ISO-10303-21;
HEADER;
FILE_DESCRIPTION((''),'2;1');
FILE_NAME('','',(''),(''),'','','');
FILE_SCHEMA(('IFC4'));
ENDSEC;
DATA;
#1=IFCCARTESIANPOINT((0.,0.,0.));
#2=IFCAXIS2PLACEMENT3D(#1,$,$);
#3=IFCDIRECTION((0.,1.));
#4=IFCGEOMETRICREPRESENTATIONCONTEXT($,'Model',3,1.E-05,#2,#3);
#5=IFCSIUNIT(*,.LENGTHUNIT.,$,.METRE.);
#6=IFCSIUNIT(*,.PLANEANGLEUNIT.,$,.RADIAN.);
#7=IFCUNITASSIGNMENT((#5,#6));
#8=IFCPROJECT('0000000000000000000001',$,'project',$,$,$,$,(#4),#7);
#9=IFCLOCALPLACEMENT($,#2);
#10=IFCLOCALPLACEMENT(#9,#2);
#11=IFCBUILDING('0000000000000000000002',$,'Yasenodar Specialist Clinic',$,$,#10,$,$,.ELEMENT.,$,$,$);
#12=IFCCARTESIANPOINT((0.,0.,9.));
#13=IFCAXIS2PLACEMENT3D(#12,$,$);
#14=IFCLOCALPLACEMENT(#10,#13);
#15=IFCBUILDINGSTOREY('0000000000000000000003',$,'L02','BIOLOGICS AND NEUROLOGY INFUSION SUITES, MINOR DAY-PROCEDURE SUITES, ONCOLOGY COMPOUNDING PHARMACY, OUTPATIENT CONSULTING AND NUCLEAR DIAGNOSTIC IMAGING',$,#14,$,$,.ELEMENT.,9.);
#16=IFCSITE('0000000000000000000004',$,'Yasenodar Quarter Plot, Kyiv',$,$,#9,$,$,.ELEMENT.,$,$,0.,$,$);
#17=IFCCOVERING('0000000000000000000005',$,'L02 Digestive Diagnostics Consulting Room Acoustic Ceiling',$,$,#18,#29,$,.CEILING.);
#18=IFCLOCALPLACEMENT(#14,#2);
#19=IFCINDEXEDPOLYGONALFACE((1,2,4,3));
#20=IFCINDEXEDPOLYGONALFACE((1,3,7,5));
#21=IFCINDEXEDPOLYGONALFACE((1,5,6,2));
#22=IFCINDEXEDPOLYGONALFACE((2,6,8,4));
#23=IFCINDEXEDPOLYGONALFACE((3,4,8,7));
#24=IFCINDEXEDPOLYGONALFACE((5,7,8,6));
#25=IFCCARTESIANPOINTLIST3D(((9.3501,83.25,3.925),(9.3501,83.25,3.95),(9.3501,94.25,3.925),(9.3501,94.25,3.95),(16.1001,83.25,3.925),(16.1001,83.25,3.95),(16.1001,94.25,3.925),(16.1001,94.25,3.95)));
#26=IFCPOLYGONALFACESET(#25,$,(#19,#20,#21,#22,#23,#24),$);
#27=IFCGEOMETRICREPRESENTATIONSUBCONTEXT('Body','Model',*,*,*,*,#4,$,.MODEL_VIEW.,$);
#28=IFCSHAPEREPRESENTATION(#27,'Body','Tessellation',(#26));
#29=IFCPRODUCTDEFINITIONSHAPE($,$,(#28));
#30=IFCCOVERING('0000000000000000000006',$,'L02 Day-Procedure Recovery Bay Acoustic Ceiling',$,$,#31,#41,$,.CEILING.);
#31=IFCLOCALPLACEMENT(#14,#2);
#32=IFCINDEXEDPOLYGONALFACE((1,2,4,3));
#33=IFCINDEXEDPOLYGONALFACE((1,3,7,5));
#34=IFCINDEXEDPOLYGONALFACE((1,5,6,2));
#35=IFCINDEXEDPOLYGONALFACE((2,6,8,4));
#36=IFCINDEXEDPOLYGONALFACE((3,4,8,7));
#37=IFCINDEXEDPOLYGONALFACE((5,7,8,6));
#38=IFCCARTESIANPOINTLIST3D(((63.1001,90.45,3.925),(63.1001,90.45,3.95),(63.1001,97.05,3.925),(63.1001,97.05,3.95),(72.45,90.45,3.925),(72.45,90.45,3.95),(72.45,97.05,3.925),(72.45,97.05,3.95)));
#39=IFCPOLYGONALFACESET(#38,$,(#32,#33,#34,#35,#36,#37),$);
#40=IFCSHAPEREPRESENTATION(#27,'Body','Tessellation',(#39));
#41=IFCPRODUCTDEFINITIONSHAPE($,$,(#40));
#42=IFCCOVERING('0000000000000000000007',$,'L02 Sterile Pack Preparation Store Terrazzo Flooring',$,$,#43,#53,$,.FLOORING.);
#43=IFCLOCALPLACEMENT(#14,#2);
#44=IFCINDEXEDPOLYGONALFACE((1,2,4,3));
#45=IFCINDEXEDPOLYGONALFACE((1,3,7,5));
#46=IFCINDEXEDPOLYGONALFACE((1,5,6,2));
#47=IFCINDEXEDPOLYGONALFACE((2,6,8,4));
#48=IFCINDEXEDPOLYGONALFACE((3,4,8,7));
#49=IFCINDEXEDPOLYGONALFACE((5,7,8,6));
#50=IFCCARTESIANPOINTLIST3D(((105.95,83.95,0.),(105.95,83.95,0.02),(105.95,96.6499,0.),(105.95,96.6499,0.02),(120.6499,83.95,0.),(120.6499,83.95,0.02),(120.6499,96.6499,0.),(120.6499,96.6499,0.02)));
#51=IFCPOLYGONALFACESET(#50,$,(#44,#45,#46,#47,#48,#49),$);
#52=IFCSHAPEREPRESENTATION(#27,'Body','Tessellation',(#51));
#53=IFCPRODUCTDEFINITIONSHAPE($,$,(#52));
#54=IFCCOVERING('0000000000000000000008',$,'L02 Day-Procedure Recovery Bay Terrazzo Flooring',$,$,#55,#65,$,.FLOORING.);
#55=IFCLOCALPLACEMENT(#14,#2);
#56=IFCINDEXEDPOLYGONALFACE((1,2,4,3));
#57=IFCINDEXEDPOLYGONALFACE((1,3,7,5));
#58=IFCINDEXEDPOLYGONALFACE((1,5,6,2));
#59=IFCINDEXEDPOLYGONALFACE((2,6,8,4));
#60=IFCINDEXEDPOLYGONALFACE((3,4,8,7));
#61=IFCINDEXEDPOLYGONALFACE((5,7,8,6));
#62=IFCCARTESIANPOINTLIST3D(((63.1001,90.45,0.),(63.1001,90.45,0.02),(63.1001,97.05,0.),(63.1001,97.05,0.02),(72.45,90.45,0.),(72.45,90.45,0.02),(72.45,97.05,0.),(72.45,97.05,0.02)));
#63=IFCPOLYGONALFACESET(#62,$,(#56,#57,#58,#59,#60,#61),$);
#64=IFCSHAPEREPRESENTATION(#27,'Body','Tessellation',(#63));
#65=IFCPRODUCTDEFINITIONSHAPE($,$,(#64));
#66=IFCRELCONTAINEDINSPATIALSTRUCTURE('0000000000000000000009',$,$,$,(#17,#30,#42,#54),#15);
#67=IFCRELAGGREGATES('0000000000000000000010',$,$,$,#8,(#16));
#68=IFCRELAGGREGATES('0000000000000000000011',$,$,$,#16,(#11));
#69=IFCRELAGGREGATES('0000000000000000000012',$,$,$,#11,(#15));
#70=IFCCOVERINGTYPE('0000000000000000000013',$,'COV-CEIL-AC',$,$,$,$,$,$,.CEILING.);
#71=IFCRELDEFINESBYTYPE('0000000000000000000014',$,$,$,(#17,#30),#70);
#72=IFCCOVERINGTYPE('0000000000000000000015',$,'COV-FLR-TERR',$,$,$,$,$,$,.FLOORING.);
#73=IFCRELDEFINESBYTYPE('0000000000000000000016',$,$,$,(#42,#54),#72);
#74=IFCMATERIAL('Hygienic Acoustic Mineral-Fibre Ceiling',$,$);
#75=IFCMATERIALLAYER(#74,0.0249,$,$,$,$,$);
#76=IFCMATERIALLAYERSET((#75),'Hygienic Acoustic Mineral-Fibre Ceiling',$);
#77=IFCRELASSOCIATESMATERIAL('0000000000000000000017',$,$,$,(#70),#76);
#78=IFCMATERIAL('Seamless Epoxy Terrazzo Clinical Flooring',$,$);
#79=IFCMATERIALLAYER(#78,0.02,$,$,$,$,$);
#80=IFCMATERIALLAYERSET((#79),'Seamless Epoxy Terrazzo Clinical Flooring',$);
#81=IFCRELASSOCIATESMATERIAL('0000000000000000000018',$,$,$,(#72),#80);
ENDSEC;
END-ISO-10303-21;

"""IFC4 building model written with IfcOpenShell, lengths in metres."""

from ifc_helpers import new_model, si_unit, direction, frame, origin, place, context, subcontext, project, spatial, polyline, outline, extrude, material, layer, layer_set, type_object, element, save


model = new_model("IFC4")

# Units and contexts
model_context = context("Model", 3, precision=1e-05, world=origin(), true_north=direction((0.0, 1.0)))
body_context = subcontext(model_context, "Body", "Model", "MODEL_VIEW")
ifc_project = project(units=[si_unit("LENGTHUNIT", "METRE"), si_unit("PLANEANGLEUNIT", "RADIAN")], contexts=[model_context])

# Site, building, storey
site_placement = place(None, origin())
site = spatial("IfcSite", under=ifc_project, at=site_placement, Name="Yasenodar Quarter Plot, Kyiv", CompositionType="ELEMENT", RefElevation=0.0)
building_placement = place(site_placement, origin())
building = spatial("IfcBuilding", under=site, at=building_placement, Name="Yasenodar Specialist Clinic", CompositionType="ELEMENT")
storey_placement = place(building_placement, frame((0.0, 0.0, 9.0)))
storey = spatial("IfcBuildingStorey", under=building, at=storey_placement, Name="L02", Description="BIOLOGICS AND NEUROLOGY INFUSION SUITES, MINOR DAY-PROCEDURE SUITES, ONCOLOGY COMPOUNDING PHARMACY, OUTPATIENT CONSULTING AND NUCLEAR DIAGNOSTIC IMAGING", CompositionType="ELEMENT", Elevation=9.0)

# Coverings
ifc_material_1 = material(Name="Hygienic Acoustic Mineral-Fibre Ceiling")
ifc_layer_1 = layer(ifc_material_1, 0.0249)
ifc_layer_set_1 = layer_set([ifc_layer_1], Name="Hygienic Acoustic Mineral-Fibre Ceiling")
covering_type_1 = type_object("IfcCoveringType", Name="COV-CEIL-AC", PredefinedType="CEILING", material=ifc_layer_set_1)
covering_1_placement = place(storey_placement, frame((0.0, 0.0, 3.925)))
element("IfcCovering", 1, at=covering_1_placement, inside=storey, type_object=covering_type_1, Name="L02 Digestive Diagnostics Consulting Room Acoustic Ceiling", PredefinedType="CEILING", context=body_context, shape_type="SweptSolid", body=[
    extrude(outline(polyline([(16.1001, 94.25), (16.1001, 83.25), (9.3501, 83.25), (9.3501, 94.25), (16.1001, 94.25)])), origin(), (0.0, 0.0, 1.0), 0.0249),
])
covering_2_placement = place(storey_placement, frame((0.0, 0.0, 3.925)))
element("IfcCovering", 2, at=covering_2_placement, inside=storey, type_object=covering_type_1, Name="L02 Day-Procedure Recovery Bay Acoustic Ceiling", PredefinedType="CEILING", context=body_context, shape_type="SweptSolid", body=[
    extrude(outline(polyline([(72.45, 97.05), (72.45, 90.45), (63.1001, 90.45), (63.1001, 97.05), (72.45, 97.05)])), origin(), (0.0, 0.0, 1.0), 0.0249),
])
ifc_material_2 = material(Name="Seamless Epoxy Terrazzo Clinical Flooring")
ifc_layer_2 = layer(ifc_material_2, 0.02)
ifc_layer_set_2 = layer_set([ifc_layer_2], Name="Seamless Epoxy Terrazzo Clinical Flooring")
covering_type_2 = type_object("IfcCoveringType", Name="COV-FLR-TERR", PredefinedType="FLOORING", material=ifc_layer_set_2)
covering_3_placement = place(storey_placement, origin())
element("IfcCovering", 3, at=covering_3_placement, inside=storey, type_object=covering_type_2, Name="L02 Sterile Pack Preparation Store Terrazzo Flooring", PredefinedType="FLOORING", context=body_context, shape_type="SweptSolid", body=[
    extrude(outline(polyline([(120.6499, 83.95), (105.95, 83.95), (105.95, 96.6499), (120.6499, 96.6499), (120.6499, 83.95)])), origin(), (0.0, 0.0, 1.0), 0.02),
])
covering_4_placement = place(storey_placement, origin())
element("IfcCovering", 4, at=covering_4_placement, inside=storey, type_object=covering_type_2, Name="L02 Day-Procedure Recovery Bay Terrazzo Flooring", PredefinedType="FLOORING", context=body_context, shape_type="SweptSolid", body=[
    extrude(outline(polyline([(72.45, 97.05), (72.45, 90.45), (63.1001, 90.45), (63.1001, 97.05), (72.45, 97.05)])), origin(), (0.0, 0.0, 1.0), 0.02),
])

save(model, "model.ifc")
